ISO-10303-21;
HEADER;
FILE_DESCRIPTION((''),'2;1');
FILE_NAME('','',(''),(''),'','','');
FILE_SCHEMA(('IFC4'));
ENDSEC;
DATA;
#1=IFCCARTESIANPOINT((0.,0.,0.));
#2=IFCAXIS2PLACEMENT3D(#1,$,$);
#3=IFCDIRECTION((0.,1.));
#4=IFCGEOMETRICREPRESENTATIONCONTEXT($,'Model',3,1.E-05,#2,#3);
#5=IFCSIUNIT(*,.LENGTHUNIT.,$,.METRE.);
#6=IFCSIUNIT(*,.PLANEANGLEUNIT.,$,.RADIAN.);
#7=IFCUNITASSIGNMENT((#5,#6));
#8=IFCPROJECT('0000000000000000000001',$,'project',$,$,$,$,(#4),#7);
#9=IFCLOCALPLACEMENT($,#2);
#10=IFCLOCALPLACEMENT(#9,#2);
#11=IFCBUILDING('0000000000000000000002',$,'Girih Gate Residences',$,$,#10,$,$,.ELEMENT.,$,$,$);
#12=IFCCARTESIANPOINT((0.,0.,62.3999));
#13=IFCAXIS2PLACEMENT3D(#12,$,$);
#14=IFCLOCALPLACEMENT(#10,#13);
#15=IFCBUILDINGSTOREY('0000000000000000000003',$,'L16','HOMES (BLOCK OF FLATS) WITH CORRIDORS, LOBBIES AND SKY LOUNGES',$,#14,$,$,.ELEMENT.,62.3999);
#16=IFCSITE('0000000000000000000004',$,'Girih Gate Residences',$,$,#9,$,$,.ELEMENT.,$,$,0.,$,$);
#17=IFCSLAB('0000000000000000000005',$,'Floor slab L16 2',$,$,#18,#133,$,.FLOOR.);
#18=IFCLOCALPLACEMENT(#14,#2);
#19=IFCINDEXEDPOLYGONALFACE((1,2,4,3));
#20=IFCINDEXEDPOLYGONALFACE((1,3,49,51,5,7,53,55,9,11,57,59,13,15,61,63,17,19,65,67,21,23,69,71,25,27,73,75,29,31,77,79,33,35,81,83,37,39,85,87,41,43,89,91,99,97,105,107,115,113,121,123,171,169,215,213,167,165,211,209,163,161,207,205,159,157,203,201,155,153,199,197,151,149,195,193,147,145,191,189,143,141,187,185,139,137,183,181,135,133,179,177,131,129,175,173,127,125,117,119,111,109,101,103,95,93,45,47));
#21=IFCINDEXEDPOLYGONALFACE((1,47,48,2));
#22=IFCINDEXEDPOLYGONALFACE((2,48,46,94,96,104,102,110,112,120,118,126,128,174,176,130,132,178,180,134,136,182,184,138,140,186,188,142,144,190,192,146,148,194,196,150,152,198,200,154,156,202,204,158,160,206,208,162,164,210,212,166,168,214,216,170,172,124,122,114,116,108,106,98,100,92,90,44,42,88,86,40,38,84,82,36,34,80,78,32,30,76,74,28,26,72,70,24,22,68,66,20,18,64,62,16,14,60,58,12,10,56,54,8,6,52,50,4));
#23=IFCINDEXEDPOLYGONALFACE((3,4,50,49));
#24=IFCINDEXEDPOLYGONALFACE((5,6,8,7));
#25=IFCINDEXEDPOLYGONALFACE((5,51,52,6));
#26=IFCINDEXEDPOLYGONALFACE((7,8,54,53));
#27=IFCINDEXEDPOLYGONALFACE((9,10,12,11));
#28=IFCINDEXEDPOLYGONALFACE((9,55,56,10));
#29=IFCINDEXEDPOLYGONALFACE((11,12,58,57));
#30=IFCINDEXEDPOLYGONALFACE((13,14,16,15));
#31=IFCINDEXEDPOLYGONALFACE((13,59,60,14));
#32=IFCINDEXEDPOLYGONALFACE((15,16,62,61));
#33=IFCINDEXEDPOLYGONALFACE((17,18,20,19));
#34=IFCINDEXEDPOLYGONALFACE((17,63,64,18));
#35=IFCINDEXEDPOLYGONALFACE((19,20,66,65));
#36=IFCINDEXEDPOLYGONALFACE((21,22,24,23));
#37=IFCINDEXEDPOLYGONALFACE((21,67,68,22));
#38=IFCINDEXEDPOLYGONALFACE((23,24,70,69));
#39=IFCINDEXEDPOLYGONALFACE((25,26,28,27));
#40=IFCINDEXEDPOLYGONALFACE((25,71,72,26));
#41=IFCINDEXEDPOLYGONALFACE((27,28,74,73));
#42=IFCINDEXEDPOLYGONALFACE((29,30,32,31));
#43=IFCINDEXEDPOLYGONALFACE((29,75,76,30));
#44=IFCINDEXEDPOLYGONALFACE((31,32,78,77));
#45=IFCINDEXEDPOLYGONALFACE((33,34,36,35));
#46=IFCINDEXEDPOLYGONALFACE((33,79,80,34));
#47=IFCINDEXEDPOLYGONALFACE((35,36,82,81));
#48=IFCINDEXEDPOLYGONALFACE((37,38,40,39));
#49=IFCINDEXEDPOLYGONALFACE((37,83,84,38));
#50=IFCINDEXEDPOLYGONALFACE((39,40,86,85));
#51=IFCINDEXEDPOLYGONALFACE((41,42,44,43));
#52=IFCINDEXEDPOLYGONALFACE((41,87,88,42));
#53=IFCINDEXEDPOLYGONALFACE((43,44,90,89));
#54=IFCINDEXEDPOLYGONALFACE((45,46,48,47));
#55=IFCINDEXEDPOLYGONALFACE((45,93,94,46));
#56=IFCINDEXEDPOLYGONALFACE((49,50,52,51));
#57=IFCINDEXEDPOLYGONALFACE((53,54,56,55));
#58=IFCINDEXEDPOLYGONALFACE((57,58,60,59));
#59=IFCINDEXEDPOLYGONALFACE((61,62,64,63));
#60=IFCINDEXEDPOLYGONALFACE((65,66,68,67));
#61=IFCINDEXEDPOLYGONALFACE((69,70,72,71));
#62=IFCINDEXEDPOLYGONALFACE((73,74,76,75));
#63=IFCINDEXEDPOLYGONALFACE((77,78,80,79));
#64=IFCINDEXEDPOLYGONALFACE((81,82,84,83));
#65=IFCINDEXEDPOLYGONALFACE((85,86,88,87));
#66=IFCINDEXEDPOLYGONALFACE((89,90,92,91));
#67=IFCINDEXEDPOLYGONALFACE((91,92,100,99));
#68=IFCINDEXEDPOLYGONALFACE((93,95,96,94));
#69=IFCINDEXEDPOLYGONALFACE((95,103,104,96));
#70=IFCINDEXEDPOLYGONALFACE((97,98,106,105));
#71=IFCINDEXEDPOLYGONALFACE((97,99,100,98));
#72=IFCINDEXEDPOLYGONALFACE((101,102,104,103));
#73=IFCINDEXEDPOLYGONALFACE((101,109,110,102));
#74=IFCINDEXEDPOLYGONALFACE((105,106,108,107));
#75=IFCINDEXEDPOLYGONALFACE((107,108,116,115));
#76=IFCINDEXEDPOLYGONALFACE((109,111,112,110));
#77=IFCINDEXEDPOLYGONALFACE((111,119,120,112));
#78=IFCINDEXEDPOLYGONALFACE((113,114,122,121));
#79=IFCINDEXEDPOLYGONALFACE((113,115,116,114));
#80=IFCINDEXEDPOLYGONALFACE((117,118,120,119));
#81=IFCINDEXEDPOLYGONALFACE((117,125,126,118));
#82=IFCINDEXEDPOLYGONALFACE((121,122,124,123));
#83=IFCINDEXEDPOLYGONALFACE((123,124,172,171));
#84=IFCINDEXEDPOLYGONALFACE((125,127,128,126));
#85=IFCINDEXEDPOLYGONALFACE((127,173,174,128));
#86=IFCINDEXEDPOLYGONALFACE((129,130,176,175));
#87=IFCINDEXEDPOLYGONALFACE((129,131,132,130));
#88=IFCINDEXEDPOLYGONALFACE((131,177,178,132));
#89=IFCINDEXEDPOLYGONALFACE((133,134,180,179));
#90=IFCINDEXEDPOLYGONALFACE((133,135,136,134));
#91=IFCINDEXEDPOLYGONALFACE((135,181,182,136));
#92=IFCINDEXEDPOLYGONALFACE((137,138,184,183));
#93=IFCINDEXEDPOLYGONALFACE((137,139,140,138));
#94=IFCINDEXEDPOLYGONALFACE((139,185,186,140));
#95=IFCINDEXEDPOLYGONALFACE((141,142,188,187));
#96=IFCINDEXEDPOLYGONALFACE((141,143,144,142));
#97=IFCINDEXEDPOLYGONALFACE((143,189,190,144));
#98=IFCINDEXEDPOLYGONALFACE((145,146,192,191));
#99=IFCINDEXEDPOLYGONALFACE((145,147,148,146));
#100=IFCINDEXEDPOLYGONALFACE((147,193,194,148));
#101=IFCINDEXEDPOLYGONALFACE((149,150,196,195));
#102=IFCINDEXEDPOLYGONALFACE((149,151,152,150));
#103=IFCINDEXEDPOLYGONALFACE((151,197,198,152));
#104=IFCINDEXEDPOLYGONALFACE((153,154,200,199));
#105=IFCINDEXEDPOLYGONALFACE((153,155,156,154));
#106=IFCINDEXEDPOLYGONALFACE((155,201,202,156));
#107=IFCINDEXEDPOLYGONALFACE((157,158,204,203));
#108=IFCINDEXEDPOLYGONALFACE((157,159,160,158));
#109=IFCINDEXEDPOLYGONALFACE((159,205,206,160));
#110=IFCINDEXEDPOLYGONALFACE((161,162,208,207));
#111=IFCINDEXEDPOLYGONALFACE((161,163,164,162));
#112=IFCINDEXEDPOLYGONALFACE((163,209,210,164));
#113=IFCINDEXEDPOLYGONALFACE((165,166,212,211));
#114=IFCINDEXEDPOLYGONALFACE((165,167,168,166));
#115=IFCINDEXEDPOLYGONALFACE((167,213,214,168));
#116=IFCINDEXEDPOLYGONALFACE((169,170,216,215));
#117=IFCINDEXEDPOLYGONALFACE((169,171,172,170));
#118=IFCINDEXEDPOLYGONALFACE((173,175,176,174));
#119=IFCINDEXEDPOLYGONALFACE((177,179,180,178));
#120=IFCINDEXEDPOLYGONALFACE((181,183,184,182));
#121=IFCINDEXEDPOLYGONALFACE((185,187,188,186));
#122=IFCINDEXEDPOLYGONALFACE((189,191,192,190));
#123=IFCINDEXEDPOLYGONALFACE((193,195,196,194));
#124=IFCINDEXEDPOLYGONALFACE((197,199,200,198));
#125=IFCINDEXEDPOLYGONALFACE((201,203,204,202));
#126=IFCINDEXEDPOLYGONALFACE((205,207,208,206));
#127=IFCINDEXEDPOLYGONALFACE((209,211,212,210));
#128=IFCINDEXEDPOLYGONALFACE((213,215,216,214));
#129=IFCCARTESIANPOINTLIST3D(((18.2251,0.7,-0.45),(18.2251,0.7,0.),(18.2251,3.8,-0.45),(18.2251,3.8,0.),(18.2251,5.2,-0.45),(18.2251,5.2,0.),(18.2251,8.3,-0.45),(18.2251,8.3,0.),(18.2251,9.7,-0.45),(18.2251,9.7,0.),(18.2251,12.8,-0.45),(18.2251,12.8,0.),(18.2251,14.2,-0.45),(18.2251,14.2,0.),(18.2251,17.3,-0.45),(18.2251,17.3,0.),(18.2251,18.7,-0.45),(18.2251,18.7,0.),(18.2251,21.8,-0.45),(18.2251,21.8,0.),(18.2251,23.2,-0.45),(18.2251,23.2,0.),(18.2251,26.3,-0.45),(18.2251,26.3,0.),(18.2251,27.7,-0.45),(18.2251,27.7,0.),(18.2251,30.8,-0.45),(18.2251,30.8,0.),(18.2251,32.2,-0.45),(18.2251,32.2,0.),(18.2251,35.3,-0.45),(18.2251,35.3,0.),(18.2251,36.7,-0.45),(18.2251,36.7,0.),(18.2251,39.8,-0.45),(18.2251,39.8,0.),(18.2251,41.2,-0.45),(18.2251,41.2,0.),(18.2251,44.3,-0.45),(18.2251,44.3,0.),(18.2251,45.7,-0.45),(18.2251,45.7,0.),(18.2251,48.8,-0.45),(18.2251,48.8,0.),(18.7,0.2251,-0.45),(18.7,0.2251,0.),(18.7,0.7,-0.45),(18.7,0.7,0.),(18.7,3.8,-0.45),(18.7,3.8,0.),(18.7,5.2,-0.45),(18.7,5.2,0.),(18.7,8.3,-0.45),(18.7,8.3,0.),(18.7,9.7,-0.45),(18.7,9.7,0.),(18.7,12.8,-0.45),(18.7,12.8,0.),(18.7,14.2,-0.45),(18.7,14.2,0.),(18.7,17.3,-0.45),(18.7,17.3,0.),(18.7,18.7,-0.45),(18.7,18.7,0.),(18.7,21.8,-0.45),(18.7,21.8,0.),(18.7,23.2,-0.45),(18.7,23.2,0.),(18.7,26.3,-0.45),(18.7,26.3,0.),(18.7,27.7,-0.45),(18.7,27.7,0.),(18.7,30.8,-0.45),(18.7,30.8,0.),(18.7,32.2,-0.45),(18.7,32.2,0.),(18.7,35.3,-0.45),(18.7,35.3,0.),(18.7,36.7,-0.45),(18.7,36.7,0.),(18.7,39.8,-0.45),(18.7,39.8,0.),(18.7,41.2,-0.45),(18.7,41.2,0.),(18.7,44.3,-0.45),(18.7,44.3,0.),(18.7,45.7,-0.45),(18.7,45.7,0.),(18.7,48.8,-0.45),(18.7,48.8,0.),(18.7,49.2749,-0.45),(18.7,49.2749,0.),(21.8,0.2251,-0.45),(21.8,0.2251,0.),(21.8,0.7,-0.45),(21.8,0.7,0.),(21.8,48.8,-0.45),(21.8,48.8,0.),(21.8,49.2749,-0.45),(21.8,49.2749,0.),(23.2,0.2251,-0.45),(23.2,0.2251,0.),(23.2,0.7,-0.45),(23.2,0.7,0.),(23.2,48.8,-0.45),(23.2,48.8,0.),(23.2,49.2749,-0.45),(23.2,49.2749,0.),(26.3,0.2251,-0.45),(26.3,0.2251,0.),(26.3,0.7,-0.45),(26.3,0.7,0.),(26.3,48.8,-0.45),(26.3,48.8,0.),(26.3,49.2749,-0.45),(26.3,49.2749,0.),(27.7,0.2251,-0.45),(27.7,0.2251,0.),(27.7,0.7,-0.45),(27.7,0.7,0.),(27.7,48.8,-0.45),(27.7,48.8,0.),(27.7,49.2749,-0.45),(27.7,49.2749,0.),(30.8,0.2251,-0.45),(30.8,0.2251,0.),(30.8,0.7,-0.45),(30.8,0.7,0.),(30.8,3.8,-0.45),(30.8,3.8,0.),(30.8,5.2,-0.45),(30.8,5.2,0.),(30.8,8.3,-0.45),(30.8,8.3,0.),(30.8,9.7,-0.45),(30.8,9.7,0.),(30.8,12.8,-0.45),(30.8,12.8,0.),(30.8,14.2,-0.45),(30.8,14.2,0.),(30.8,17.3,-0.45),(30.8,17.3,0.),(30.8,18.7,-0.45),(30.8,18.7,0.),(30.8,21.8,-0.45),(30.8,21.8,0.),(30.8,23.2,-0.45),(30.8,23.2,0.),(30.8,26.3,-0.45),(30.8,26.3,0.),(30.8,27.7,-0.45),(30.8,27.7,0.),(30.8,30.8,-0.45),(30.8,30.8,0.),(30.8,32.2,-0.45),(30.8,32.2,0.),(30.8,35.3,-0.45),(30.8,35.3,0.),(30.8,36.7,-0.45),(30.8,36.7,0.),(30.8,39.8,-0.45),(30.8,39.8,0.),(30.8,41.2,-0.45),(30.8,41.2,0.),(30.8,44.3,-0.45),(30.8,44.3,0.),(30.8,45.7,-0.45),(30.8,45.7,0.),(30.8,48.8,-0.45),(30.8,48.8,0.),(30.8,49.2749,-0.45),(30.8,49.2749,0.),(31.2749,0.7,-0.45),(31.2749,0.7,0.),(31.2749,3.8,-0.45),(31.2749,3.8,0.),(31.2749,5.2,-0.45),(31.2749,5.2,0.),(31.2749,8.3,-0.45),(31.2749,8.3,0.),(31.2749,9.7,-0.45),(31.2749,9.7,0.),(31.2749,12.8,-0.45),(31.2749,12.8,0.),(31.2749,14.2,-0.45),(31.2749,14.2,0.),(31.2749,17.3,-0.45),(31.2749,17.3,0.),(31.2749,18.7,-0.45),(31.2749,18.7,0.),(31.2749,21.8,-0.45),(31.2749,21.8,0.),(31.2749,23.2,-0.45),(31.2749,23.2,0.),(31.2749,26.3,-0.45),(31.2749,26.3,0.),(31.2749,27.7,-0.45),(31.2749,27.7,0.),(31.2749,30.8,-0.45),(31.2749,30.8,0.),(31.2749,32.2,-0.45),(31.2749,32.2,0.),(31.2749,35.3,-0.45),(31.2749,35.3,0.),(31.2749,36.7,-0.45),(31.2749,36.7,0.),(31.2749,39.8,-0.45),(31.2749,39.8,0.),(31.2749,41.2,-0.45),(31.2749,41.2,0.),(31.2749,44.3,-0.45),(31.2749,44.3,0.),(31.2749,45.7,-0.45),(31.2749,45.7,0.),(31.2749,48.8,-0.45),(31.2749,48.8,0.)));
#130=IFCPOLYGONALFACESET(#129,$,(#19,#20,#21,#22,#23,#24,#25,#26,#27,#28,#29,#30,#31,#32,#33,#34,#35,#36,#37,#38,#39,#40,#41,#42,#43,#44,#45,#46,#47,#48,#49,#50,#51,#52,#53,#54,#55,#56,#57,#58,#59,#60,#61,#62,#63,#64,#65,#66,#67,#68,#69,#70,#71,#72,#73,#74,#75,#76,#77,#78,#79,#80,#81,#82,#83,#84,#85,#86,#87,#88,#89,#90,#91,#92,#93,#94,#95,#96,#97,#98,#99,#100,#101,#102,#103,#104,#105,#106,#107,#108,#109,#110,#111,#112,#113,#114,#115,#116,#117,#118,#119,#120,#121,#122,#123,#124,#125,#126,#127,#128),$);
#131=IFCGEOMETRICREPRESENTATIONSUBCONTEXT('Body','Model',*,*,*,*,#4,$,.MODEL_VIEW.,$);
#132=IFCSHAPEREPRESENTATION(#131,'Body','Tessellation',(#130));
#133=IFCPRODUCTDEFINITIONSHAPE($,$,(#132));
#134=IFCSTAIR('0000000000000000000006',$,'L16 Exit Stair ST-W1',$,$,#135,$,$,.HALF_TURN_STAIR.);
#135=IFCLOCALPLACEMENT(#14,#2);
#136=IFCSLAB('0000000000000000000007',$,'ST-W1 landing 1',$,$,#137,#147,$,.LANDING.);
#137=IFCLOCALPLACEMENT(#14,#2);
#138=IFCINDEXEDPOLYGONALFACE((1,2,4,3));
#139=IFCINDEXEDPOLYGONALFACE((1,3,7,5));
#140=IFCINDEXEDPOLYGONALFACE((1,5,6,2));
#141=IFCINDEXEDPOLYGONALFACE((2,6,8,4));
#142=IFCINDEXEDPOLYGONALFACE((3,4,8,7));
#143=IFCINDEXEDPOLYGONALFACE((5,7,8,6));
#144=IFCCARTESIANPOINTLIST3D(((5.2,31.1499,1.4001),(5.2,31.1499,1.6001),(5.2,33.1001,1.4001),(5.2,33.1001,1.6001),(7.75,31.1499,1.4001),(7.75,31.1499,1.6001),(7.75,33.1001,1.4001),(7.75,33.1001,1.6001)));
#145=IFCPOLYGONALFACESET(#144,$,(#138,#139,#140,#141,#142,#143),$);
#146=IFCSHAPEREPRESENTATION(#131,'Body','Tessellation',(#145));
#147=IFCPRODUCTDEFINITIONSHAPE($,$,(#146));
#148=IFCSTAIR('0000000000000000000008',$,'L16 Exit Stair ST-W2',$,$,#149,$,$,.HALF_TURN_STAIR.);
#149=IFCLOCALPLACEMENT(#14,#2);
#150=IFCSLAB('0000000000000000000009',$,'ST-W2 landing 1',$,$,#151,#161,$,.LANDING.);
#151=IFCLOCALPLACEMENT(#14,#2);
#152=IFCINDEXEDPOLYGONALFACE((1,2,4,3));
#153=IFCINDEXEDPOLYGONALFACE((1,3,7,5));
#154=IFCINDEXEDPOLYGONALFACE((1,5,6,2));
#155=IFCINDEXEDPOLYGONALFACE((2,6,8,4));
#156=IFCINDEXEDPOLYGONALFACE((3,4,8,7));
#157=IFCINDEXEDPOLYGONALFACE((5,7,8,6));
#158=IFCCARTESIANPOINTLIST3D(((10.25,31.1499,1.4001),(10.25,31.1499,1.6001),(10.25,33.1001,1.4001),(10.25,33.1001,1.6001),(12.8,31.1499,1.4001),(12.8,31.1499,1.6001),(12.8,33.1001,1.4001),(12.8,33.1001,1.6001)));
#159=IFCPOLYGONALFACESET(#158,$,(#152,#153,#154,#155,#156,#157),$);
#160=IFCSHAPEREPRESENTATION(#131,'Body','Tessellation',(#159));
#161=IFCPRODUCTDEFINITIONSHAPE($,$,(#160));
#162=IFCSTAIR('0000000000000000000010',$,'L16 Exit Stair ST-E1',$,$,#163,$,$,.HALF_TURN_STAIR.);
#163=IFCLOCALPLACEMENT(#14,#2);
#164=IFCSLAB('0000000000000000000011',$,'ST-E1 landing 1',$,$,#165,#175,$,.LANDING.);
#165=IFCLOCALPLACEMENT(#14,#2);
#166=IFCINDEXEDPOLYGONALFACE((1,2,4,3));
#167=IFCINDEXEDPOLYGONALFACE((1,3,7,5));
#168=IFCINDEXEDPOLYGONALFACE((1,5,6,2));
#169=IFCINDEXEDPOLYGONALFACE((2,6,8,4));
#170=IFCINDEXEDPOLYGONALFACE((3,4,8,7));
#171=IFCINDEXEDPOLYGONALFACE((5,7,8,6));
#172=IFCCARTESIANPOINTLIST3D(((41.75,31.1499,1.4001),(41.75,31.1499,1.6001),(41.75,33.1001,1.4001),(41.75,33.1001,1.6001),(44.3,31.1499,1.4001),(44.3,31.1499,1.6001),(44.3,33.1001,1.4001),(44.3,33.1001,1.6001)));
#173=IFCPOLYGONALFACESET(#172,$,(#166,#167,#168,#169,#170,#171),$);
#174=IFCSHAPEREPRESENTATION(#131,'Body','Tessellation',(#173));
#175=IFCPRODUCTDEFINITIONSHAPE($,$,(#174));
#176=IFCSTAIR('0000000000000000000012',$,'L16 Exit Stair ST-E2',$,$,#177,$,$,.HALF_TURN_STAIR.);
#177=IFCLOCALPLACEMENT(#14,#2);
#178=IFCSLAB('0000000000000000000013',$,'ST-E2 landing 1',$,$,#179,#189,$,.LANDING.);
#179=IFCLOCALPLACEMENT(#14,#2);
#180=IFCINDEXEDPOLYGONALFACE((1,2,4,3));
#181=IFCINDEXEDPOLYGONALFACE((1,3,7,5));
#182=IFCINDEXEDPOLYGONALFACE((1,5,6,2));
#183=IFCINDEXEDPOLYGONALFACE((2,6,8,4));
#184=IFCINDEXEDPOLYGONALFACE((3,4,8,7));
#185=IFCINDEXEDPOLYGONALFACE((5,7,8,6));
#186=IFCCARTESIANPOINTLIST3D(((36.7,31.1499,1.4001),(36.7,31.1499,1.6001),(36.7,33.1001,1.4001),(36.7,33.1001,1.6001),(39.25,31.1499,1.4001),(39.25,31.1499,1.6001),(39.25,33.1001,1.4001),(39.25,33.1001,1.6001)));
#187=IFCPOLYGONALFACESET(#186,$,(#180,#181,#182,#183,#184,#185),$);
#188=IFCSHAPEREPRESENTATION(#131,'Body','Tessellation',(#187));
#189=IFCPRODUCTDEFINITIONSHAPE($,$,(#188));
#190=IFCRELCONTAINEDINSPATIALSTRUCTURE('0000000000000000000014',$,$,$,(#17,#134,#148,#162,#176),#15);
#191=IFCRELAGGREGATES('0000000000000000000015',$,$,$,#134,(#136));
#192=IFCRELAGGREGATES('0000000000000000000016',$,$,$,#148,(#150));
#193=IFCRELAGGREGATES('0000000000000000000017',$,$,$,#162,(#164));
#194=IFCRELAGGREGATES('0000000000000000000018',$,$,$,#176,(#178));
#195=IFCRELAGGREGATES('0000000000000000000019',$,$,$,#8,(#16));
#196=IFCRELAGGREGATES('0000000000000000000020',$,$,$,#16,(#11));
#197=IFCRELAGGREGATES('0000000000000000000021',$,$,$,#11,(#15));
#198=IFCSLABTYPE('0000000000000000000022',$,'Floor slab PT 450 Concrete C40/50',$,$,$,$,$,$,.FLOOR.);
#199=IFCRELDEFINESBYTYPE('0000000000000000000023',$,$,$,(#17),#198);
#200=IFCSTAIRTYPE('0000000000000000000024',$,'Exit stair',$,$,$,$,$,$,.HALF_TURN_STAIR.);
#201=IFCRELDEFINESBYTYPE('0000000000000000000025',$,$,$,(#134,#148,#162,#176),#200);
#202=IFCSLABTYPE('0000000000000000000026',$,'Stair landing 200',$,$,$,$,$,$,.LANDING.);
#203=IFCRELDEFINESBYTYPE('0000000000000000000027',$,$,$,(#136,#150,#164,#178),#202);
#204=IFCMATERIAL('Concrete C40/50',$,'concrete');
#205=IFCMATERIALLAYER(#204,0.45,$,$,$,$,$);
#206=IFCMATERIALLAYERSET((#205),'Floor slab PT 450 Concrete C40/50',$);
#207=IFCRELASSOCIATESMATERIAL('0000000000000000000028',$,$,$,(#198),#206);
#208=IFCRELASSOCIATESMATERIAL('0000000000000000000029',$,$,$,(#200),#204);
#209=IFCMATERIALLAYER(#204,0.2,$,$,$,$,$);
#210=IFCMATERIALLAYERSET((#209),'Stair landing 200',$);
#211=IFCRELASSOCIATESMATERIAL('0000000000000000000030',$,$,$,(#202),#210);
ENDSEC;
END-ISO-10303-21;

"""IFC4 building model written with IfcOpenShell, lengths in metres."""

from ifc_helpers import new_model, si_unit, direction, frame, origin, place, context, subcontext, project, spatial, polyline, outline, extrude, material, layer, layer_set, type_object, element, aggregate, save


model = new_model("IFC4")

# Units and contexts
model_context = context("Model", 3, precision=1e-05, world=origin(), true_north=direction((0.0, 1.0)))
body_context = subcontext(model_context, "Body", "Model", "MODEL_VIEW")
ifc_project = project(units=[si_unit("LENGTHUNIT", "METRE"), si_unit("PLANEANGLEUNIT", "RADIAN")], contexts=[model_context])

# Site, building, storey
site_placement = place(None, origin())
site = spatial("IfcSite", under=ifc_project, at=site_placement, Name="Girih Gate Residences", CompositionType="ELEMENT", RefElevation=0.0)
building_placement = place(site_placement, origin())
building = spatial("IfcBuilding", under=site, at=building_placement, Name="Girih Gate Residences", CompositionType="ELEMENT")
storey_placement = place(building_placement, frame((0.0, 0.0, 62.3999)))
storey = spatial("IfcBuildingStorey", under=building, at=storey_placement, Name="L16", Description="HOMES (BLOCK OF FLATS) WITH CORRIDORS, LOBBIES AND SKY LOUNGES", CompositionType="ELEMENT", Elevation=62.3999)

# Slab
ifc_material_1 = material(Name="Concrete C40/50", Category="concrete")
ifc_layer_1 = layer(ifc_material_1, 0.45)
ifc_layer_set_1 = layer_set([ifc_layer_1], Name="Floor slab PT 450 Concrete C40/50")
slab_type_1 = type_object("IfcSlabType", Name="Floor slab PT 450 Concrete C40/50", PredefinedType="FLOOR", material=ifc_layer_set_1)
slab_1_placement = place(storey_placement, frame((0.0, 0.0, -0.45)))
element("IfcSlab", 1, at=slab_1_placement, inside=storey, type_object=slab_type_1, Name="Floor slab L16 2", PredefinedType="FLOOR", context=body_context, shape_type="SweptSolid", body=[
    extrude(outline(polyline([(21.8, 49.2749), (18.7, 49.2749), (18.7, 48.8), (18.2251, 48.8), (18.2251, 45.7), (18.7, 45.7), (18.7, 44.3), (18.2251, 44.3), (18.2251, 41.2), (18.7, 41.2), (18.7, 39.8), (18.2251, 39.8), (18.2251, 36.7), (18.7, 36.7), (18.7, 35.3), (18.2251, 35.3), (18.2251, 32.2), (18.7, 32.2), (18.7, 30.8), (18.2251, 30.8), (18.2251, 27.7), (18.7, 27.7), (18.7, 26.3), (18.2251, 26.3), (18.2251, 23.2), (18.7, 23.2), (18.7, 21.8), (18.2251, 21.8), (18.2251, 18.7), (18.7, 18.7), (18.7, 17.3), (18.2251, 17.3), (18.2251, 14.2), (18.7, 14.2), (18.7, 12.8), (18.2251, 12.8), (18.2251, 9.7), (18.7, 9.7), (18.7, 8.3), (18.2251, 8.3), (18.2251, 5.2), (18.7, 5.2), (18.7, 3.8), (18.2251, 3.8), (18.2251, 0.7), (18.7, 0.7), (18.7, 0.2251), (21.8, 0.2251), (21.8, 0.7), (23.2, 0.7), (23.2, 0.2251), (26.3, 0.2251), (26.3, 0.7), (27.7, 0.7), (27.7, 0.2251), (30.8, 0.2251), (30.8, 0.7), (31.2749, 0.7), (31.2749, 3.8), (30.8, 3.8), (30.8, 5.2), (31.2749, 5.2), (31.2749, 8.3), (30.8, 8.3), (30.8, 9.7), (31.2749, 9.7), (31.2749, 12.8), (30.8, 12.8), (30.8, 14.2), (31.2749, 14.2), (31.2749, 17.3), (30.8, 17.3), (30.8, 18.7), (31.2749, 18.7), (31.2749, 21.8), (30.8, 21.8), (30.8, 23.2), (31.2749, 23.2), (31.2749, 26.3), (30.8, 26.3), (30.8, 27.7), (31.2749, 27.7), (31.2749, 30.8), (30.8, 30.8), (30.8, 32.2), (31.2749, 32.2), (31.2749, 35.3), (30.8, 35.3), (30.8, 36.7), (31.2749, 36.7), (31.2749, 39.8), (30.8, 39.8), (30.8, 41.2), (31.2749, 41.2), (31.2749, 44.3), (30.8, 44.3), (30.8, 45.7), (31.2749, 45.7), (31.2749, 48.8), (30.8, 48.8), (30.8, 49.2749), (27.7, 49.2749), (27.7, 48.8), (26.3, 48.8), (26.3, 49.2749), (23.2, 49.2749), (23.2, 48.8), (21.8, 48.8), (21.8, 49.2749)])), origin(), (0.0, 0.0, 1.0), 0.45),
])

# Stairs, slabs
stair_type = type_object("IfcStairType", Name="Exit stair", PredefinedType="HALF_TURN_STAIR", material=ifc_material_1)
stair_1_placement = place(storey_placement, origin())
stair_1 = element("IfcStair", 2, at=stair_1_placement, inside=storey, type_object=stair_type, Name="L16 Exit Stair ST-W1", PredefinedType="HALF_TURN_STAIR")
ifc_layer_2 = layer(ifc_material_1, 0.2)
ifc_layer_set_2 = layer_set([ifc_layer_2], Name="Stair landing 200")
slab_type_2 = type_object("IfcSlabType", Name="Stair landing 200", PredefinedType="LANDING", material=ifc_layer_set_2)
slab_2_placement = place(storey_placement, frame((0.0, 0.0, 1.4001)))
slab_2 = element("IfcSlab", 3, at=slab_2_placement, type_object=slab_type_2, Name="ST-W1 landing 1", PredefinedType="LANDING", context=body_context, shape_type="SweptSolid", body=[
    extrude(outline(polyline([(7.75, 31.1499), (7.75, 33.1001), (5.2, 33.1001), (5.2, 31.1499), (7.75, 31.1499)])), origin(), (0.0, 0.0, 1.0), 0.2),
])
aggregate(stair_1, [slab_2])
stair_2_placement = place(storey_placement, origin())
stair_2 = element("IfcStair", 4, at=stair_2_placement, inside=storey, type_object=stair_type, Name="L16 Exit Stair ST-W2", PredefinedType="HALF_TURN_STAIR")
slab_3_placement = place(storey_placement, frame((0.0, 0.0, 1.4001)))
slab_3 = element("IfcSlab", 5, at=slab_3_placement, type_object=slab_type_2, Name="ST-W2 landing 1", PredefinedType="LANDING", context=body_context, shape_type="SweptSolid", body=[
    extrude(outline(polyline([(12.8, 31.1499), (12.8, 33.1001), (10.25, 33.1001), (10.25, 31.1499), (12.8, 31.1499)])), origin(), (0.0, 0.0, 1.0), 0.2),
])
aggregate(stair_2, [slab_3])
stair_3_placement = place(storey_placement, origin())
stair_3 = element("IfcStair", 6, at=stair_3_placement, inside=storey, type_object=stair_type, Name="L16 Exit Stair ST-E1", PredefinedType="HALF_TURN_STAIR")
slab_4_placement = place(storey_placement, frame((0.0, 0.0, 1.4001)))
slab_4 = element("IfcSlab", 7, at=slab_4_placement, type_object=slab_type_2, Name="ST-E1 landing 1", PredefinedType="LANDING", context=body_context, shape_type="SweptSolid", body=[
    extrude(outline(polyline([(44.3, 31.1499), (44.3, 33.1001), (41.75, 33.1001), (41.75, 31.1499), (44.3, 31.1499)])), origin(), (0.0, 0.0, 1.0), 0.2),
])
aggregate(stair_3, [slab_4])
stair_4_placement = place(storey_placement, origin())
stair_4 = element("IfcStair", 8, at=stair_4_placement, inside=storey, type_object=stair_type, Name="L16 Exit Stair ST-E2", PredefinedType="HALF_TURN_STAIR")
slab_5_placement = place(storey_placement, frame((0.0, 0.0, 1.4001)))
slab_5 = element("IfcSlab", 9, at=slab_5_placement, type_object=slab_type_2, Name="ST-E2 landing 1", PredefinedType="LANDING", context=body_context, shape_type="SweptSolid", body=[
    extrude(outline(polyline([(39.25, 31.1499), (39.25, 33.1001), (36.7, 33.1001), (36.7, 31.1499), (39.25, 31.1499)])), origin(), (0.0, 0.0, 1.0), 0.2),
])
aggregate(stair_4, [slab_5])

save(model, "model.ifc")
